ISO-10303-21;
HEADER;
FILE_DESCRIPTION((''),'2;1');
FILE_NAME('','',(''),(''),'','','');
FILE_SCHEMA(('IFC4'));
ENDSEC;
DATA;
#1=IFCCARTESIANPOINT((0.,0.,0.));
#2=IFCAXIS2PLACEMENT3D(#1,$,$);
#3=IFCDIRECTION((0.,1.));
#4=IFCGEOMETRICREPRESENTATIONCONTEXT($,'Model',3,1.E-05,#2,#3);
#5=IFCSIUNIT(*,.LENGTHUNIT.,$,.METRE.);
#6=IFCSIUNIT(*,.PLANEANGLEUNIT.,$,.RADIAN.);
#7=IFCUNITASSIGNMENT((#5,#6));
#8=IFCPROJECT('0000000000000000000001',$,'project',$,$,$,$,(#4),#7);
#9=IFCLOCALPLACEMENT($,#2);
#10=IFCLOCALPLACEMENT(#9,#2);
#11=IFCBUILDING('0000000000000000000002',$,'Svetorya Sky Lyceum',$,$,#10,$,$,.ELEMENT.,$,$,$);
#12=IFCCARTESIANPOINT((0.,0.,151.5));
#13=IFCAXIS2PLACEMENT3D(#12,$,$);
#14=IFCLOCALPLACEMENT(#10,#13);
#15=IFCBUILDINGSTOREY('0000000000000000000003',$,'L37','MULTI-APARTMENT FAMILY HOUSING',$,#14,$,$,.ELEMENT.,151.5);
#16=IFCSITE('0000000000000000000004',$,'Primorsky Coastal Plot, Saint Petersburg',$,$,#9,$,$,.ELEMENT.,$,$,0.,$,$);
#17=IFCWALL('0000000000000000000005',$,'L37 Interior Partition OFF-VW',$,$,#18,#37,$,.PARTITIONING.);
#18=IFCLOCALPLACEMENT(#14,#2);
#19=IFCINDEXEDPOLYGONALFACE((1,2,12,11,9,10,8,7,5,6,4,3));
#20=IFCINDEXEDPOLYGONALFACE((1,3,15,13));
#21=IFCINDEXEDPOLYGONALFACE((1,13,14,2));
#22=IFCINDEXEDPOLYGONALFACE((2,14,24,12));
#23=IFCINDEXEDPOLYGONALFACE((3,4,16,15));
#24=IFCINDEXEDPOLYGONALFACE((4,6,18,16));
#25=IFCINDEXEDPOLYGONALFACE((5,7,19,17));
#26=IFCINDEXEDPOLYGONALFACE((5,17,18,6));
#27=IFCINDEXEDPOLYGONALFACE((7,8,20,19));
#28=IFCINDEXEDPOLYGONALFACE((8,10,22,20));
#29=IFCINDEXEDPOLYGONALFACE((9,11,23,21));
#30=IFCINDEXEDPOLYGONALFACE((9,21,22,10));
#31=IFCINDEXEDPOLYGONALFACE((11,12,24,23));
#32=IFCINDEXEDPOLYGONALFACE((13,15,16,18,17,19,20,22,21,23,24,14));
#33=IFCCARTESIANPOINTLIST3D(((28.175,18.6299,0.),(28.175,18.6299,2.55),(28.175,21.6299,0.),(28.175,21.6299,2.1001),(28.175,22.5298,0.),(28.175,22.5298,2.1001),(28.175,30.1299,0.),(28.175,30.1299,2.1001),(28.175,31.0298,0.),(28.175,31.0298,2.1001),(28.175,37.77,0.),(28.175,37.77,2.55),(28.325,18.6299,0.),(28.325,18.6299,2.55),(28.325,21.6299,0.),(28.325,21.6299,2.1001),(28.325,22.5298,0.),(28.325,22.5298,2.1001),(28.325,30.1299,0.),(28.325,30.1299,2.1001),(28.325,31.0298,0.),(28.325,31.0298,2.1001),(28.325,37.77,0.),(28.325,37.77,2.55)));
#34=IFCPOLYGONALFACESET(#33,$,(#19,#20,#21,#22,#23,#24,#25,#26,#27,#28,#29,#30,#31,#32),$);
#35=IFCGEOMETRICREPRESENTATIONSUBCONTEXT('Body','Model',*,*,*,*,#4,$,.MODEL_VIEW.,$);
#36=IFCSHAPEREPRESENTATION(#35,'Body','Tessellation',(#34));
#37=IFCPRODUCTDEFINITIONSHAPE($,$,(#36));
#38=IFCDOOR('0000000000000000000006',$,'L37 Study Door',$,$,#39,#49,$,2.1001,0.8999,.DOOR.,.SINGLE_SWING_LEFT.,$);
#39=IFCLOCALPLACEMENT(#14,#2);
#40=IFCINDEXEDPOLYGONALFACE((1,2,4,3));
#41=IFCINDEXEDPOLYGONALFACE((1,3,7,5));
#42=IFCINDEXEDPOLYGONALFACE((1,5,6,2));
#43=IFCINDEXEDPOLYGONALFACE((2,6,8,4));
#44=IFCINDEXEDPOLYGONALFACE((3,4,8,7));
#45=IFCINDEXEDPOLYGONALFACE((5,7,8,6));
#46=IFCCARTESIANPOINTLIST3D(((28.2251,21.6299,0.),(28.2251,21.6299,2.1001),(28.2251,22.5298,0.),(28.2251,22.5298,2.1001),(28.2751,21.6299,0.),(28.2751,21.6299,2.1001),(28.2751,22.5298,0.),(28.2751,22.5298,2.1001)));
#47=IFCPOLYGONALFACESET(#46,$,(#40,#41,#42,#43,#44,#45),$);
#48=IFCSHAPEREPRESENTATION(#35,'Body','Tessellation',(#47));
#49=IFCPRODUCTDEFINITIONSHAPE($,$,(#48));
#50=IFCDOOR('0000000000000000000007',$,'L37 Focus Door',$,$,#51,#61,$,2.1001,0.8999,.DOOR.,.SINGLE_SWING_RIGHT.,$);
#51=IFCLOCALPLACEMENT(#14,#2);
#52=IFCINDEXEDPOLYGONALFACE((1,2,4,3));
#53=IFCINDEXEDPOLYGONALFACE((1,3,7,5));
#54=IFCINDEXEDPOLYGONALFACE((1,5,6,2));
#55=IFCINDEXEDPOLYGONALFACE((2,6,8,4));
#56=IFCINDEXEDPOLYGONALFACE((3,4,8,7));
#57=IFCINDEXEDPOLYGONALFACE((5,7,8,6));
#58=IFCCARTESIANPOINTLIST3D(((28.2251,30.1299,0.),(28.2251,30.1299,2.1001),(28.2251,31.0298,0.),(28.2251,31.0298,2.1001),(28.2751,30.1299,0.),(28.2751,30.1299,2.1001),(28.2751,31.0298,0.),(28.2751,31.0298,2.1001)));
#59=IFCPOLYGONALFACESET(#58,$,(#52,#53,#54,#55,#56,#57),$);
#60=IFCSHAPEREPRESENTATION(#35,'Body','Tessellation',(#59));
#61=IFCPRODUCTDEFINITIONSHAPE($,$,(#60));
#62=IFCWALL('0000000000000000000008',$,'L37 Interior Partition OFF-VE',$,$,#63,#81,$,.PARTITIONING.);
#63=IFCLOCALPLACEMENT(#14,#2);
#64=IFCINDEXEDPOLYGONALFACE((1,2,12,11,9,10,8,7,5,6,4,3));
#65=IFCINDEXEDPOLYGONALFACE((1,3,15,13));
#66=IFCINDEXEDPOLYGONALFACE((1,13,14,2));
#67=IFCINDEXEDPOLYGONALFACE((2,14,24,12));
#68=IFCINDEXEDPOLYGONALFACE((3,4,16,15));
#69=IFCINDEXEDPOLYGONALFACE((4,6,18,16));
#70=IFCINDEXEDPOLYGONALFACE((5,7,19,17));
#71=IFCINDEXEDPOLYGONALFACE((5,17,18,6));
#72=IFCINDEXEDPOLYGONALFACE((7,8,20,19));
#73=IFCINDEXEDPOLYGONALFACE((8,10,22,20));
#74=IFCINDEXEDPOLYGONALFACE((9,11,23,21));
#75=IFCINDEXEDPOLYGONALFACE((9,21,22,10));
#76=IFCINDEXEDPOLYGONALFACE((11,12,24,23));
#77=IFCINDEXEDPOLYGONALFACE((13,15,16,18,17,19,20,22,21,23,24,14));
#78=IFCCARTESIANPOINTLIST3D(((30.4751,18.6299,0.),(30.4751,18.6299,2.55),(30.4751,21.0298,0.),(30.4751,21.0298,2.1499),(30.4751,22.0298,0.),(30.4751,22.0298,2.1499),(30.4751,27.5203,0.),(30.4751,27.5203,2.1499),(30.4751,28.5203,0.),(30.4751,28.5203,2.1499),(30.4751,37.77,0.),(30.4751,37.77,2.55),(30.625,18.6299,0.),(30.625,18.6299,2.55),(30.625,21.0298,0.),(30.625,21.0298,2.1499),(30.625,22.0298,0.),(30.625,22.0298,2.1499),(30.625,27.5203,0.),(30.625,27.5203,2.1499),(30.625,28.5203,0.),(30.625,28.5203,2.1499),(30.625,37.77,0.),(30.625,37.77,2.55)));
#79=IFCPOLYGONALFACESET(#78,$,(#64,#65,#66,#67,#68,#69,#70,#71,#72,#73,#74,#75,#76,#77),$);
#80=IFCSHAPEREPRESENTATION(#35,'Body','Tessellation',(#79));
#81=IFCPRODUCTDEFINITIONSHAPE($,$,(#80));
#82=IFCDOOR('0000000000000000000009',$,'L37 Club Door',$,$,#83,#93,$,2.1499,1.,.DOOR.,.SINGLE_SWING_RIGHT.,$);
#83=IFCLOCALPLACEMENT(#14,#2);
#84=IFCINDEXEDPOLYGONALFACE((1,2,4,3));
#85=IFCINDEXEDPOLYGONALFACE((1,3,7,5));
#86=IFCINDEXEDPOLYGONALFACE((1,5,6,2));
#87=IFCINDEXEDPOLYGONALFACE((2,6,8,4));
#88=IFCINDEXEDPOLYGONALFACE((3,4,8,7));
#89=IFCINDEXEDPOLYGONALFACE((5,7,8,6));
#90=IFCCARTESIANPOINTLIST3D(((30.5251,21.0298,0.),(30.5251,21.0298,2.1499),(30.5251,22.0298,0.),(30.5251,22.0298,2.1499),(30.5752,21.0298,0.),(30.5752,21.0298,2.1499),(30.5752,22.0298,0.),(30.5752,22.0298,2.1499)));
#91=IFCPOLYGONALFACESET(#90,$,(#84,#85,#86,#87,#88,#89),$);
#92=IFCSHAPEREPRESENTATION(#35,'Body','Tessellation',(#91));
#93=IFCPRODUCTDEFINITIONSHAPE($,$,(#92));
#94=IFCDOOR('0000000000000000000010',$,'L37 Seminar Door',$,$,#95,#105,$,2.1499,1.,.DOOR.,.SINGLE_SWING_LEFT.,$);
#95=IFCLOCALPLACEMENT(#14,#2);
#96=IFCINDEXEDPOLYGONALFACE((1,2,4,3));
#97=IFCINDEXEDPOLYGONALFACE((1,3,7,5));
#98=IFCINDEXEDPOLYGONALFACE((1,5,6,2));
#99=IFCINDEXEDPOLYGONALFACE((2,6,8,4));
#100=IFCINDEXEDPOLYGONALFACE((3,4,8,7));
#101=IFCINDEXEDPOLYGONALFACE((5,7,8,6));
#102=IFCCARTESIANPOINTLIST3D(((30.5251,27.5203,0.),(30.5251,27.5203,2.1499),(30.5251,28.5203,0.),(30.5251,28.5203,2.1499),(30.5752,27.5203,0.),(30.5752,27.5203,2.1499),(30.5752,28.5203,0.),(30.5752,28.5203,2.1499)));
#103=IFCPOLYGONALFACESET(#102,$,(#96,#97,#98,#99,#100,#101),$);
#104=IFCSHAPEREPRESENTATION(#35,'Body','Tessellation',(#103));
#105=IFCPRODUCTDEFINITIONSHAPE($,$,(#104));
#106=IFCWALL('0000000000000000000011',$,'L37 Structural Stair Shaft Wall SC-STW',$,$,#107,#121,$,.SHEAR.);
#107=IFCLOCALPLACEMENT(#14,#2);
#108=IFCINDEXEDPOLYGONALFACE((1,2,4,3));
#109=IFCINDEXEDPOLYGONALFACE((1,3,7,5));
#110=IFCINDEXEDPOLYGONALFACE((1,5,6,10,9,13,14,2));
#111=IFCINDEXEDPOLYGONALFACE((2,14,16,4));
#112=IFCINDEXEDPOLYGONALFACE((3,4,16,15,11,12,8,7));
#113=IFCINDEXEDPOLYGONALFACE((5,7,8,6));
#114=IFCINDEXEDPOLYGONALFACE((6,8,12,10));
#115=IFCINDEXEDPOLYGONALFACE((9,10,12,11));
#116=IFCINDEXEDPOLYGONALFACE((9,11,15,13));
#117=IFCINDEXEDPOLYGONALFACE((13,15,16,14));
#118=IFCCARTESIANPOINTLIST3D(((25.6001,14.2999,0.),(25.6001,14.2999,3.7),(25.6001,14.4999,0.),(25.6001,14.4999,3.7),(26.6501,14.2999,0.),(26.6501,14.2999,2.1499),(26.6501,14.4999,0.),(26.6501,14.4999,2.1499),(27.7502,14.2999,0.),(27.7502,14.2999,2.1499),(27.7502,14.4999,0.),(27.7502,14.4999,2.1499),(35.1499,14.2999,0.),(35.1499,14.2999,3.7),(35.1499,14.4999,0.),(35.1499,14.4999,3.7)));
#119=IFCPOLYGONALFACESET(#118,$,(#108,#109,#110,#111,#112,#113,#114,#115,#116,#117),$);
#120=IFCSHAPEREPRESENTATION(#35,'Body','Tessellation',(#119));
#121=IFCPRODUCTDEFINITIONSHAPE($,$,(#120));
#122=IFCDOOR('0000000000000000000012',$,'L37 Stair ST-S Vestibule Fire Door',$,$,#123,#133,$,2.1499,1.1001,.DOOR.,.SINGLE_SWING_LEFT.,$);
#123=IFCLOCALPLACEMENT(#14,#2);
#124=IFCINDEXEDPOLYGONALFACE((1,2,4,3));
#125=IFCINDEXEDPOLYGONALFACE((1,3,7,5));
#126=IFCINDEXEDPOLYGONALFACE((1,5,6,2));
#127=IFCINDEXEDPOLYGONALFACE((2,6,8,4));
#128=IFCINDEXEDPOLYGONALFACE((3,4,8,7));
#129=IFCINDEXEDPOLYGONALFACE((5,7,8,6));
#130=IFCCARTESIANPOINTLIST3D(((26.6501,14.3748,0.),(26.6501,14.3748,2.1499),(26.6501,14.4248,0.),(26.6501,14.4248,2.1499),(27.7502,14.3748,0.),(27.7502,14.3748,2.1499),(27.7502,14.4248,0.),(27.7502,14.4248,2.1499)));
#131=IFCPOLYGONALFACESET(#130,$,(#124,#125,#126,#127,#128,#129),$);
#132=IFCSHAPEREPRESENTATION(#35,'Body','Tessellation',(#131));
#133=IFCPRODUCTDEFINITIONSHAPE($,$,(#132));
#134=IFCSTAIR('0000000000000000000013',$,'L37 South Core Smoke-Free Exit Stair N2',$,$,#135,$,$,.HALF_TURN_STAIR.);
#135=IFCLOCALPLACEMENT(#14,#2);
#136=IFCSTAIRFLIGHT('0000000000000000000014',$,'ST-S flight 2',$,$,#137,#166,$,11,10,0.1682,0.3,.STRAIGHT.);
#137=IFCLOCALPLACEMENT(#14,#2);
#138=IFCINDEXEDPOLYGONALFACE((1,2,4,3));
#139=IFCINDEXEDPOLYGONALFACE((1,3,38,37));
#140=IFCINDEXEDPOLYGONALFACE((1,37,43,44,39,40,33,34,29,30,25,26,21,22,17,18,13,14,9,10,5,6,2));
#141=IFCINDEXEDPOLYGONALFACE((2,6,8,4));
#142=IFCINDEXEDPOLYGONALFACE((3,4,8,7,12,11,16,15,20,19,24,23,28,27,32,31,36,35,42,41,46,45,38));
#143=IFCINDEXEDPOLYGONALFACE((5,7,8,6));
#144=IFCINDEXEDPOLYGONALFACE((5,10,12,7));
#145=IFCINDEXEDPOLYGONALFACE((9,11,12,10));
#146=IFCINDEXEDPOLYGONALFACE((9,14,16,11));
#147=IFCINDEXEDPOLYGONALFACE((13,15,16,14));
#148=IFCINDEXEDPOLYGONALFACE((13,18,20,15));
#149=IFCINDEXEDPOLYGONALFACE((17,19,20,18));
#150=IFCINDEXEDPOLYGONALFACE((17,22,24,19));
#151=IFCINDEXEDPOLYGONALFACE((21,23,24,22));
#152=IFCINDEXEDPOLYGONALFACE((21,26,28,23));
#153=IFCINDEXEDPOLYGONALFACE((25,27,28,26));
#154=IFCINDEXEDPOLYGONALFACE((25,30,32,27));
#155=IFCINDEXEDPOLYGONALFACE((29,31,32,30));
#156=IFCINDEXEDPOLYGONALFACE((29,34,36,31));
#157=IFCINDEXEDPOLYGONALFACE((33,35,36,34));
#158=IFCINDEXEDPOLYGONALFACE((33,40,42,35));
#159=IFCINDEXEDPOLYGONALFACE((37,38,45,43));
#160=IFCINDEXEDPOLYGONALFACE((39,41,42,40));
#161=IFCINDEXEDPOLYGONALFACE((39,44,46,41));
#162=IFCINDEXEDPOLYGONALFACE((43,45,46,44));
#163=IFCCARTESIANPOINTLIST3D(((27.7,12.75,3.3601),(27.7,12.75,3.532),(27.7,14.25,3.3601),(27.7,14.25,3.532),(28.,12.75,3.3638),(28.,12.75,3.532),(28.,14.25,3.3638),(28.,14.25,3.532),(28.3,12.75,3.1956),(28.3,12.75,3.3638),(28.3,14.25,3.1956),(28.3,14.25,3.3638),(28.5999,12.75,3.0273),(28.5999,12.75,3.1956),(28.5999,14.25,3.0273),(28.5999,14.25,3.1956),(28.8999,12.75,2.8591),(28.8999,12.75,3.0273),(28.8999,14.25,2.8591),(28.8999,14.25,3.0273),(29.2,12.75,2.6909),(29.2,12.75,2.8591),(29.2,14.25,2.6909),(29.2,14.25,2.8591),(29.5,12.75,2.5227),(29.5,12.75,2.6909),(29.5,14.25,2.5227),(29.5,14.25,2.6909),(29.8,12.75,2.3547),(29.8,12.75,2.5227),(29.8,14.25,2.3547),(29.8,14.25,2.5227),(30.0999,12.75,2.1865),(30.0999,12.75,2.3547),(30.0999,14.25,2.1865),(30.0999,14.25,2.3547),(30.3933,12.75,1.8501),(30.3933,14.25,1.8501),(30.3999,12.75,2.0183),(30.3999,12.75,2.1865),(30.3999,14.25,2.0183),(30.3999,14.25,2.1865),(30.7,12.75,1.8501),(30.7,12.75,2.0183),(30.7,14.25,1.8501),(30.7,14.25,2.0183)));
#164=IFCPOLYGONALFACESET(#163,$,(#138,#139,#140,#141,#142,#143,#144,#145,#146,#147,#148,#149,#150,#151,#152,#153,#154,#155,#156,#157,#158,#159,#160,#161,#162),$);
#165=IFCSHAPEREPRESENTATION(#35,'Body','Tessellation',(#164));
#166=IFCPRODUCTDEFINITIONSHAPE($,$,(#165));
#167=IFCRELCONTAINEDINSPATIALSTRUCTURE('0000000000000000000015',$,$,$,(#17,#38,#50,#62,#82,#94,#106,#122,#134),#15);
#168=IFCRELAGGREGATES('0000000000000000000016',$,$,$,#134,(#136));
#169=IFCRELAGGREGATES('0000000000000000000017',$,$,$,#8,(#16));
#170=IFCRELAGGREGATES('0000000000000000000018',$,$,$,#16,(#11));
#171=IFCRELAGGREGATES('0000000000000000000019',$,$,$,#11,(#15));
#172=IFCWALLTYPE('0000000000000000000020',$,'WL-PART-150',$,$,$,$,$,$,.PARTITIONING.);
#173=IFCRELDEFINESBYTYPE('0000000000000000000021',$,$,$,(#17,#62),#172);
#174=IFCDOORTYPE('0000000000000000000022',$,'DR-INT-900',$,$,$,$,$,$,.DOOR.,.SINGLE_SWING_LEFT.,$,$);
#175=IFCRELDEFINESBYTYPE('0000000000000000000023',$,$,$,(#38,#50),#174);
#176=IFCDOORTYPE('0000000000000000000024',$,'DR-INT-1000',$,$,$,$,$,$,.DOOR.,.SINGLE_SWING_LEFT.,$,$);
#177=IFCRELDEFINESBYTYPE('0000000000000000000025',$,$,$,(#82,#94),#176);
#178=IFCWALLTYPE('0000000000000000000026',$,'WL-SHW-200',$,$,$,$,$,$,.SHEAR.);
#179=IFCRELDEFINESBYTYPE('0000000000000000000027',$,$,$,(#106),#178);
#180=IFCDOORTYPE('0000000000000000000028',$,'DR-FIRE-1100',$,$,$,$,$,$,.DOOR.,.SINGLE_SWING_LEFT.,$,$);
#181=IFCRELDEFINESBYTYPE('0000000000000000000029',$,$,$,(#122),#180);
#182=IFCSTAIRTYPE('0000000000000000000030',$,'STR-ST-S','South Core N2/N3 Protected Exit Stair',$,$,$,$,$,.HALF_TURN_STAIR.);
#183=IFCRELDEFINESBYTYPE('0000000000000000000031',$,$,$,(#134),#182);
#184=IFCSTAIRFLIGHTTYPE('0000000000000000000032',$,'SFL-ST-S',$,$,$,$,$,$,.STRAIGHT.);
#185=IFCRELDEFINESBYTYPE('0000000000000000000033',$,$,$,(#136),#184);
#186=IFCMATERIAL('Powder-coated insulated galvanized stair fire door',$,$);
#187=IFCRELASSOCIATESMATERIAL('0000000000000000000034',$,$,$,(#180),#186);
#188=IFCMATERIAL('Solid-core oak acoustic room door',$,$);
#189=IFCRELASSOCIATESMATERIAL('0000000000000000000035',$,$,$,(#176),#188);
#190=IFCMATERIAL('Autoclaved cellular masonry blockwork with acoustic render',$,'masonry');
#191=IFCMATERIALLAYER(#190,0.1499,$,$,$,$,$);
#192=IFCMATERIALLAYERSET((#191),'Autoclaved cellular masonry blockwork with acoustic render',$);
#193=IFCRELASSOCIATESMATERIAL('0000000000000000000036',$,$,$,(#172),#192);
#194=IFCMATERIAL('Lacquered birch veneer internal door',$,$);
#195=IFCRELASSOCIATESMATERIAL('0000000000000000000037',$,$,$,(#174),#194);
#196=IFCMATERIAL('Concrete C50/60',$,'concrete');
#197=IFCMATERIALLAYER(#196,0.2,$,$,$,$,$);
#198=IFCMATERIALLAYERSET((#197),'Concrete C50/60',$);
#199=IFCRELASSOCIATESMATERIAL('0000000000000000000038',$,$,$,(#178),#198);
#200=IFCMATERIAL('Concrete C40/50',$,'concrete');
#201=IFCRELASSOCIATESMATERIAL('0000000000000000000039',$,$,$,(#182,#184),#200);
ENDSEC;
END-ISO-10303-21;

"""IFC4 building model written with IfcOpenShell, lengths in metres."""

from ifc_helpers import new_model, si_unit, direction, frame, frame_2d, origin, place, context, subcontext, project, spatial, polyline, rectangle, outline, extrude, material, layer, layer_set, type_object, element, fill, aggregate, save


model = new_model("IFC4")

# Units and contexts
model_context = context("Model", 3, precision=1e-05, world=origin(), true_north=direction((0.0, 1.0)))
body_context = subcontext(model_context, "Body", "Model", "MODEL_VIEW")
ifc_project = project(units=[si_unit("LENGTHUNIT", "METRE"), si_unit("PLANEANGLEUNIT", "RADIAN")], contexts=[model_context])

# Site, building, storey
site_placement = place(None, origin())
site = spatial("IfcSite", under=ifc_project, at=site_placement, Name="Primorsky Coastal Plot, Saint Petersburg", CompositionType="ELEMENT", RefElevation=0.0)
building_placement = place(site_placement, origin())
building = spatial("IfcBuilding", under=site, at=building_placement, Name="Svetorya Sky Lyceum", CompositionType="ELEMENT")
storey_placement = place(building_placement, frame((0.0, 0.0, 151.5)))
storey = spatial("IfcBuildingStorey", under=building, at=storey_placement, Name="L37", Description="MULTI-APARTMENT FAMILY HOUSING", CompositionType="ELEMENT", Elevation=151.5)

# Shared definitions
ifc_material_1 = material(Name="Concrete C50/60", Category="concrete")

# Shared definitions
ifc_material_2 = material(Name="Powder-coated insulated galvanized stair fire door")
door_type_1 = type_object("IfcDoorType", Name="DR-FIRE-1100", OperationType="SINGLE_SWING_LEFT", PredefinedType="DOOR", material=ifc_material_2)
ifc_material_3 = material(Name="Solid-core oak acoustic room door")
door_type_2 = type_object("IfcDoorType", Name="DR-INT-1000", OperationType="SINGLE_SWING_LEFT", PredefinedType="DOOR", material=ifc_material_3)

# Shared definitions
ifc_material_4 = material(Name="Autoclaved cellular masonry blockwork with acoustic render", Category="masonry")
ifc_layer_1 = layer(ifc_material_4, 0.1499)
ifc_layer_set_1 = layer_set([ifc_layer_1], Name="Autoclaved cellular masonry blockwork with acoustic render")
wall_type_1 = type_object("IfcWallType", Name="WL-PART-150", PredefinedType="PARTITIONING", material=ifc_layer_set_1)

# Walls, openings, doors
wall_1_placement = place(storey_placement, frame((28.25, 18.6299, 0.0), z_axis=(0.0, 0.0, 1.0), x_axis=(0.0, 1.0, 0.0)))
wall_1 = element("IfcWall", 1, at=wall_1_placement, inside=storey, type_object=wall_type_1, Name="L37 Interior Partition OFF-VW", PredefinedType="PARTITIONING", context=body_context, shape_type="SweptSolid", body=[
    extrude(rectangle(XDim=19.1401, YDim=0.1499, at=frame_2d((9.5701, 0.0))), origin(), (0.0, 0.0, 1.0), 2.55),
])
opening_1_placement = place(wall_1_placement, frame((3.0, 0.0, 0.0)))
opening_1 = element("IfcOpeningElement", 2, at=opening_1_placement, cuts=wall_1, PredefinedType="OPENING", context=body_context, shape_type="SweptSolid", body=[
    extrude(rectangle(XDim=0.8999, YDim=2.1001, at=frame_2d((0.45, 1.05))), frame((0.0, 0.085, 0.0), z_axis=(0.0, -1.0, 0.0), x_axis=(1.0, 0.0, 0.0)), (0.0, 0.0, 1.0), 0.1699),
])
opening_2_placement = place(wall_1_placement, frame((11.5, 0.0, 0.0)))
opening_2 = element("IfcOpeningElement", 3, at=opening_2_placement, cuts=wall_1, PredefinedType="OPENING", context=body_context, shape_type="SweptSolid", body=[
    extrude(rectangle(XDim=0.8999, YDim=2.1001, at=frame_2d((0.45, 1.05))), frame((0.0, 0.085, 0.0), z_axis=(0.0, -1.0, 0.0), x_axis=(1.0, 0.0, 0.0)), (0.0, 0.0, 1.0), 0.1699),
])
ifc_material_5 = material(Name="Lacquered birch veneer internal door")
door_type_3 = type_object("IfcDoorType", Name="DR-INT-900", OperationType="SINGLE_SWING_LEFT", PredefinedType="DOOR", material=ifc_material_5)
door_1_placement = place(opening_1_placement, origin())
door_1 = element("IfcDoor", 4, at=door_1_placement, inside=storey, type_object=door_type_3, Name="L37 Study Door", OperationType="SINGLE_SWING_LEFT", OverallHeight=2.1001, OverallWidth=0.8999, PredefinedType="DOOR", context=body_context, shape_type="SweptSolid", body=[
    extrude(rectangle(XDim=0.8999, YDim=2.1001, at=frame_2d((0.45, 1.05))), frame((0.0, 0.0249, 0.0), z_axis=(0.0, -1.0, 0.0), x_axis=(1.0, 0.0, 0.0)), (0.0, 0.0, 1.0), 0.05),
])
fill(opening_1, door_1)
door_2_placement = place(opening_2_placement, origin())
door_2 = element("IfcDoor", 5, at=door_2_placement, inside=storey, type_object=door_type_3, Name="L37 Focus Door", OperationType="SINGLE_SWING_RIGHT", OverallHeight=2.1001, OverallWidth=0.8999, PredefinedType="DOOR", context=body_context, shape_type="SweptSolid", body=[
    extrude(rectangle(XDim=0.8999, YDim=2.1001, at=frame_2d((0.45, 1.05))), frame((0.0, 0.0249, 0.0), z_axis=(0.0, -1.0, 0.0), x_axis=(1.0, 0.0, 0.0)), (0.0, 0.0, 1.0), 0.05),
])
fill(opening_2, door_2)
wall_2_placement = place(storey_placement, frame((30.55, 18.6299, 0.0), z_axis=(0.0, 0.0, 1.0), x_axis=(0.0, 1.0, 0.0)))
wall_2 = element("IfcWall", 6, at=wall_2_placement, inside=storey, type_object=wall_type_1, Name="L37 Interior Partition OFF-VE", PredefinedType="PARTITIONING", context=body_context, shape_type="SweptSolid", body=[
    extrude(rectangle(XDim=19.1401, YDim=0.1499, at=frame_2d((9.5701, 0.0))), origin(), (0.0, 0.0, 1.0), 2.55),
])
opening_3_placement = place(wall_2_placement, frame((2.3999, 0.0, 0.0)))
opening_3 = element("IfcOpeningElement", 7, at=opening_3_placement, cuts=wall_2, PredefinedType="OPENING", context=body_context, shape_type="SweptSolid", body=[
    extrude(rectangle(XDim=1.0, YDim=2.1499, at=frame_2d((0.5, 1.075))), frame((0.0, 0.085, 0.0), z_axis=(0.0, -1.0, 0.0), x_axis=(1.0, 0.0, 0.0)), (0.0, 0.0, 1.0), 0.1699),
])
opening_4_placement = place(wall_2_placement, frame((8.8904, 0.0, 0.0)))
opening_4 = element("IfcOpeningElement", 8, at=opening_4_placement, cuts=wall_2, PredefinedType="OPENING", context=body_context, shape_type="SweptSolid", body=[
    extrude(rectangle(XDim=1.0, YDim=2.1499, at=frame_2d((0.5, 1.075))), frame((0.0, 0.085, 0.0), z_axis=(0.0, -1.0, 0.0), x_axis=(1.0, 0.0, 0.0)), (0.0, 0.0, 1.0), 0.1699),
])
door_3_placement = place(opening_3_placement, origin())
door_3 = element("IfcDoor", 9, at=door_3_placement, inside=storey, type_object=door_type_2, Name="L37 Club Door", OperationType="SINGLE_SWING_RIGHT", OverallHeight=2.1499, OverallWidth=1.0, PredefinedType="DOOR", context=body_context, shape_type="SweptSolid", body=[
    extrude(rectangle(XDim=1.0, YDim=2.1499, at=frame_2d((0.5, 1.075))), frame((0.0, 0.0249, 0.0), z_axis=(0.0, -1.0, 0.0), x_axis=(1.0, 0.0, 0.0)), (0.0, 0.0, 1.0), 0.05),
])
fill(opening_3, door_3)
door_4_placement = place(opening_4_placement, origin())
door_4 = element("IfcDoor", 10, at=door_4_placement, inside=storey, type_object=door_type_2, Name="L37 Seminar Door", OperationType="SINGLE_SWING_LEFT", OverallHeight=2.1499, OverallWidth=1.0, PredefinedType="DOOR", context=body_context, shape_type="SweptSolid", body=[
    extrude(rectangle(XDim=1.0, YDim=2.1499, at=frame_2d((0.5, 1.075))), frame((0.0, 0.0249, 0.0), z_axis=(0.0, -1.0, 0.0), x_axis=(1.0, 0.0, 0.0)), (0.0, 0.0, 1.0), 0.05),
])
fill(opening_4, door_4)

# Wall, opening, door
ifc_layer_2 = layer(ifc_material_1, 0.2)
ifc_layer_set_2 = layer_set([ifc_layer_2], Name="Concrete C50/60")
wall_type_2 = type_object("IfcWallType", Name="WL-SHW-200", PredefinedType="SHEAR", material=ifc_layer_set_2)
wall_3_placement = place(storey_placement, frame((25.6001, 14.3999, 0.0), z_axis=(0.0, 0.0, 1.0), x_axis=(1.0, 0.0, 0.0)))
wall_3 = element("IfcWall", 11, at=wall_3_placement, inside=storey, type_object=wall_type_2, Name="L37 Structural Stair Shaft Wall SC-STW", PredefinedType="SHEAR", context=body_context, shape_type="SweptSolid", body=[
    extrude(rectangle(XDim=9.5498, YDim=0.2, at=frame_2d((4.7749, 0.0))), origin(), (0.0, 0.0, 1.0), 3.7),
])
opening_5_placement = place(wall_3_placement, frame((1.05, 0.0, 0.0)))
opening_5 = element("IfcOpeningElement", 12, at=opening_5_placement, cuts=wall_3, PredefinedType="OPENING", context=body_context, shape_type="SweptSolid", body=[
    extrude(rectangle(XDim=1.1001, YDim=2.1499, at=frame_2d((0.55, 1.075))), frame((0.0, 0.1099, 0.0), z_axis=(0.0, -1.0, 0.0), x_axis=(1.0, 0.0, 0.0)), (0.0, 0.0, 1.0), 0.22),
])
door_5_placement = place(opening_5_placement, origin())
door_5 = element("IfcDoor", 13, at=door_5_placement, inside=storey, type_object=door_type_1, Name="L37 Stair ST-S Vestibule Fire Door", OperationType="SINGLE_SWING_LEFT", OverallHeight=2.1499, OverallWidth=1.1001, PredefinedType="DOOR", context=body_context, shape_type="SweptSolid", body=[
    extrude(rectangle(XDim=1.1001, YDim=2.1499, at=frame_2d((0.55, 1.075))), frame((0.0, 0.0249, 0.0), z_axis=(0.0, -1.0, 0.0), x_axis=(1.0, 0.0, 0.0)), (0.0, 0.0, 1.0), 0.05),
])
fill(opening_5, door_5)

# Stair, stair flight
ifc_material_6 = material(Name="Concrete C40/50", Category="concrete")
stair_type = type_object("IfcStairType", Name="STR-ST-S", Description="South Core N2/N3 Protected Exit Stair", PredefinedType="HALF_TURN_STAIR", material=ifc_material_6)
stair_placement = place(storey_placement, origin())
stair = element("IfcStair", 14, at=stair_placement, inside=storey, type_object=stair_type, Name="L37 South Core Smoke-Free Exit Stair N2", PredefinedType="HALF_TURN_STAIR")
stair_flight_type = type_object("IfcStairFlightType", Name="SFL-ST-S", PredefinedType="STRAIGHT", material=ifc_material_6)
stair_flight_placement = place(storey_placement, frame((30.7, 13.5, 1.8501), z_axis=(0.0, 0.0, 1.0), x_axis=(-1.0, 0.0, 0.0)))
stair_flight = element("IfcStairFlight", 15, at=stair_flight_placement, type_object=stair_flight_type, Name="ST-S flight 2", NumberOfRisers=11, NumberOfTreads=10, PredefinedType="STRAIGHT", RiserHeight=0.1682, TreadLength=0.3, context=body_context, shape_type="SweptSolid", body=[
    extrude(outline(polyline([(0.0, 0.0), (0.0, 0.1682), (0.3, 0.1682), (0.3, 0.3364), (0.6001, 0.3364), (0.6001, 0.5046), (0.8999, 0.5046), (0.8999, 0.6726), (1.2, 0.6726), (1.2, 0.8408), (1.5, 0.8408), (1.5, 1.009), (1.8, 1.009), (1.8, 1.1772), (2.1001, 1.1772), (2.1001, 1.3455), (2.3999, 1.3455), (2.3999, 1.5137), (2.7, 1.5137), (2.7, 1.6819), (3.0, 1.6819), (3.0, 1.8501), (3.0, 1.51), (0.3066, 0.0), (0.0, 0.0)])), frame((0.0, 0.75, 0.0), z_axis=(0.0, -1.0, 0.0), x_axis=(1.0, 0.0, 0.0)), (0.0, 0.0, 1.0), 1.5),
])
aggregate(stair, [stair_flight])

save(model, "model.ifc")
